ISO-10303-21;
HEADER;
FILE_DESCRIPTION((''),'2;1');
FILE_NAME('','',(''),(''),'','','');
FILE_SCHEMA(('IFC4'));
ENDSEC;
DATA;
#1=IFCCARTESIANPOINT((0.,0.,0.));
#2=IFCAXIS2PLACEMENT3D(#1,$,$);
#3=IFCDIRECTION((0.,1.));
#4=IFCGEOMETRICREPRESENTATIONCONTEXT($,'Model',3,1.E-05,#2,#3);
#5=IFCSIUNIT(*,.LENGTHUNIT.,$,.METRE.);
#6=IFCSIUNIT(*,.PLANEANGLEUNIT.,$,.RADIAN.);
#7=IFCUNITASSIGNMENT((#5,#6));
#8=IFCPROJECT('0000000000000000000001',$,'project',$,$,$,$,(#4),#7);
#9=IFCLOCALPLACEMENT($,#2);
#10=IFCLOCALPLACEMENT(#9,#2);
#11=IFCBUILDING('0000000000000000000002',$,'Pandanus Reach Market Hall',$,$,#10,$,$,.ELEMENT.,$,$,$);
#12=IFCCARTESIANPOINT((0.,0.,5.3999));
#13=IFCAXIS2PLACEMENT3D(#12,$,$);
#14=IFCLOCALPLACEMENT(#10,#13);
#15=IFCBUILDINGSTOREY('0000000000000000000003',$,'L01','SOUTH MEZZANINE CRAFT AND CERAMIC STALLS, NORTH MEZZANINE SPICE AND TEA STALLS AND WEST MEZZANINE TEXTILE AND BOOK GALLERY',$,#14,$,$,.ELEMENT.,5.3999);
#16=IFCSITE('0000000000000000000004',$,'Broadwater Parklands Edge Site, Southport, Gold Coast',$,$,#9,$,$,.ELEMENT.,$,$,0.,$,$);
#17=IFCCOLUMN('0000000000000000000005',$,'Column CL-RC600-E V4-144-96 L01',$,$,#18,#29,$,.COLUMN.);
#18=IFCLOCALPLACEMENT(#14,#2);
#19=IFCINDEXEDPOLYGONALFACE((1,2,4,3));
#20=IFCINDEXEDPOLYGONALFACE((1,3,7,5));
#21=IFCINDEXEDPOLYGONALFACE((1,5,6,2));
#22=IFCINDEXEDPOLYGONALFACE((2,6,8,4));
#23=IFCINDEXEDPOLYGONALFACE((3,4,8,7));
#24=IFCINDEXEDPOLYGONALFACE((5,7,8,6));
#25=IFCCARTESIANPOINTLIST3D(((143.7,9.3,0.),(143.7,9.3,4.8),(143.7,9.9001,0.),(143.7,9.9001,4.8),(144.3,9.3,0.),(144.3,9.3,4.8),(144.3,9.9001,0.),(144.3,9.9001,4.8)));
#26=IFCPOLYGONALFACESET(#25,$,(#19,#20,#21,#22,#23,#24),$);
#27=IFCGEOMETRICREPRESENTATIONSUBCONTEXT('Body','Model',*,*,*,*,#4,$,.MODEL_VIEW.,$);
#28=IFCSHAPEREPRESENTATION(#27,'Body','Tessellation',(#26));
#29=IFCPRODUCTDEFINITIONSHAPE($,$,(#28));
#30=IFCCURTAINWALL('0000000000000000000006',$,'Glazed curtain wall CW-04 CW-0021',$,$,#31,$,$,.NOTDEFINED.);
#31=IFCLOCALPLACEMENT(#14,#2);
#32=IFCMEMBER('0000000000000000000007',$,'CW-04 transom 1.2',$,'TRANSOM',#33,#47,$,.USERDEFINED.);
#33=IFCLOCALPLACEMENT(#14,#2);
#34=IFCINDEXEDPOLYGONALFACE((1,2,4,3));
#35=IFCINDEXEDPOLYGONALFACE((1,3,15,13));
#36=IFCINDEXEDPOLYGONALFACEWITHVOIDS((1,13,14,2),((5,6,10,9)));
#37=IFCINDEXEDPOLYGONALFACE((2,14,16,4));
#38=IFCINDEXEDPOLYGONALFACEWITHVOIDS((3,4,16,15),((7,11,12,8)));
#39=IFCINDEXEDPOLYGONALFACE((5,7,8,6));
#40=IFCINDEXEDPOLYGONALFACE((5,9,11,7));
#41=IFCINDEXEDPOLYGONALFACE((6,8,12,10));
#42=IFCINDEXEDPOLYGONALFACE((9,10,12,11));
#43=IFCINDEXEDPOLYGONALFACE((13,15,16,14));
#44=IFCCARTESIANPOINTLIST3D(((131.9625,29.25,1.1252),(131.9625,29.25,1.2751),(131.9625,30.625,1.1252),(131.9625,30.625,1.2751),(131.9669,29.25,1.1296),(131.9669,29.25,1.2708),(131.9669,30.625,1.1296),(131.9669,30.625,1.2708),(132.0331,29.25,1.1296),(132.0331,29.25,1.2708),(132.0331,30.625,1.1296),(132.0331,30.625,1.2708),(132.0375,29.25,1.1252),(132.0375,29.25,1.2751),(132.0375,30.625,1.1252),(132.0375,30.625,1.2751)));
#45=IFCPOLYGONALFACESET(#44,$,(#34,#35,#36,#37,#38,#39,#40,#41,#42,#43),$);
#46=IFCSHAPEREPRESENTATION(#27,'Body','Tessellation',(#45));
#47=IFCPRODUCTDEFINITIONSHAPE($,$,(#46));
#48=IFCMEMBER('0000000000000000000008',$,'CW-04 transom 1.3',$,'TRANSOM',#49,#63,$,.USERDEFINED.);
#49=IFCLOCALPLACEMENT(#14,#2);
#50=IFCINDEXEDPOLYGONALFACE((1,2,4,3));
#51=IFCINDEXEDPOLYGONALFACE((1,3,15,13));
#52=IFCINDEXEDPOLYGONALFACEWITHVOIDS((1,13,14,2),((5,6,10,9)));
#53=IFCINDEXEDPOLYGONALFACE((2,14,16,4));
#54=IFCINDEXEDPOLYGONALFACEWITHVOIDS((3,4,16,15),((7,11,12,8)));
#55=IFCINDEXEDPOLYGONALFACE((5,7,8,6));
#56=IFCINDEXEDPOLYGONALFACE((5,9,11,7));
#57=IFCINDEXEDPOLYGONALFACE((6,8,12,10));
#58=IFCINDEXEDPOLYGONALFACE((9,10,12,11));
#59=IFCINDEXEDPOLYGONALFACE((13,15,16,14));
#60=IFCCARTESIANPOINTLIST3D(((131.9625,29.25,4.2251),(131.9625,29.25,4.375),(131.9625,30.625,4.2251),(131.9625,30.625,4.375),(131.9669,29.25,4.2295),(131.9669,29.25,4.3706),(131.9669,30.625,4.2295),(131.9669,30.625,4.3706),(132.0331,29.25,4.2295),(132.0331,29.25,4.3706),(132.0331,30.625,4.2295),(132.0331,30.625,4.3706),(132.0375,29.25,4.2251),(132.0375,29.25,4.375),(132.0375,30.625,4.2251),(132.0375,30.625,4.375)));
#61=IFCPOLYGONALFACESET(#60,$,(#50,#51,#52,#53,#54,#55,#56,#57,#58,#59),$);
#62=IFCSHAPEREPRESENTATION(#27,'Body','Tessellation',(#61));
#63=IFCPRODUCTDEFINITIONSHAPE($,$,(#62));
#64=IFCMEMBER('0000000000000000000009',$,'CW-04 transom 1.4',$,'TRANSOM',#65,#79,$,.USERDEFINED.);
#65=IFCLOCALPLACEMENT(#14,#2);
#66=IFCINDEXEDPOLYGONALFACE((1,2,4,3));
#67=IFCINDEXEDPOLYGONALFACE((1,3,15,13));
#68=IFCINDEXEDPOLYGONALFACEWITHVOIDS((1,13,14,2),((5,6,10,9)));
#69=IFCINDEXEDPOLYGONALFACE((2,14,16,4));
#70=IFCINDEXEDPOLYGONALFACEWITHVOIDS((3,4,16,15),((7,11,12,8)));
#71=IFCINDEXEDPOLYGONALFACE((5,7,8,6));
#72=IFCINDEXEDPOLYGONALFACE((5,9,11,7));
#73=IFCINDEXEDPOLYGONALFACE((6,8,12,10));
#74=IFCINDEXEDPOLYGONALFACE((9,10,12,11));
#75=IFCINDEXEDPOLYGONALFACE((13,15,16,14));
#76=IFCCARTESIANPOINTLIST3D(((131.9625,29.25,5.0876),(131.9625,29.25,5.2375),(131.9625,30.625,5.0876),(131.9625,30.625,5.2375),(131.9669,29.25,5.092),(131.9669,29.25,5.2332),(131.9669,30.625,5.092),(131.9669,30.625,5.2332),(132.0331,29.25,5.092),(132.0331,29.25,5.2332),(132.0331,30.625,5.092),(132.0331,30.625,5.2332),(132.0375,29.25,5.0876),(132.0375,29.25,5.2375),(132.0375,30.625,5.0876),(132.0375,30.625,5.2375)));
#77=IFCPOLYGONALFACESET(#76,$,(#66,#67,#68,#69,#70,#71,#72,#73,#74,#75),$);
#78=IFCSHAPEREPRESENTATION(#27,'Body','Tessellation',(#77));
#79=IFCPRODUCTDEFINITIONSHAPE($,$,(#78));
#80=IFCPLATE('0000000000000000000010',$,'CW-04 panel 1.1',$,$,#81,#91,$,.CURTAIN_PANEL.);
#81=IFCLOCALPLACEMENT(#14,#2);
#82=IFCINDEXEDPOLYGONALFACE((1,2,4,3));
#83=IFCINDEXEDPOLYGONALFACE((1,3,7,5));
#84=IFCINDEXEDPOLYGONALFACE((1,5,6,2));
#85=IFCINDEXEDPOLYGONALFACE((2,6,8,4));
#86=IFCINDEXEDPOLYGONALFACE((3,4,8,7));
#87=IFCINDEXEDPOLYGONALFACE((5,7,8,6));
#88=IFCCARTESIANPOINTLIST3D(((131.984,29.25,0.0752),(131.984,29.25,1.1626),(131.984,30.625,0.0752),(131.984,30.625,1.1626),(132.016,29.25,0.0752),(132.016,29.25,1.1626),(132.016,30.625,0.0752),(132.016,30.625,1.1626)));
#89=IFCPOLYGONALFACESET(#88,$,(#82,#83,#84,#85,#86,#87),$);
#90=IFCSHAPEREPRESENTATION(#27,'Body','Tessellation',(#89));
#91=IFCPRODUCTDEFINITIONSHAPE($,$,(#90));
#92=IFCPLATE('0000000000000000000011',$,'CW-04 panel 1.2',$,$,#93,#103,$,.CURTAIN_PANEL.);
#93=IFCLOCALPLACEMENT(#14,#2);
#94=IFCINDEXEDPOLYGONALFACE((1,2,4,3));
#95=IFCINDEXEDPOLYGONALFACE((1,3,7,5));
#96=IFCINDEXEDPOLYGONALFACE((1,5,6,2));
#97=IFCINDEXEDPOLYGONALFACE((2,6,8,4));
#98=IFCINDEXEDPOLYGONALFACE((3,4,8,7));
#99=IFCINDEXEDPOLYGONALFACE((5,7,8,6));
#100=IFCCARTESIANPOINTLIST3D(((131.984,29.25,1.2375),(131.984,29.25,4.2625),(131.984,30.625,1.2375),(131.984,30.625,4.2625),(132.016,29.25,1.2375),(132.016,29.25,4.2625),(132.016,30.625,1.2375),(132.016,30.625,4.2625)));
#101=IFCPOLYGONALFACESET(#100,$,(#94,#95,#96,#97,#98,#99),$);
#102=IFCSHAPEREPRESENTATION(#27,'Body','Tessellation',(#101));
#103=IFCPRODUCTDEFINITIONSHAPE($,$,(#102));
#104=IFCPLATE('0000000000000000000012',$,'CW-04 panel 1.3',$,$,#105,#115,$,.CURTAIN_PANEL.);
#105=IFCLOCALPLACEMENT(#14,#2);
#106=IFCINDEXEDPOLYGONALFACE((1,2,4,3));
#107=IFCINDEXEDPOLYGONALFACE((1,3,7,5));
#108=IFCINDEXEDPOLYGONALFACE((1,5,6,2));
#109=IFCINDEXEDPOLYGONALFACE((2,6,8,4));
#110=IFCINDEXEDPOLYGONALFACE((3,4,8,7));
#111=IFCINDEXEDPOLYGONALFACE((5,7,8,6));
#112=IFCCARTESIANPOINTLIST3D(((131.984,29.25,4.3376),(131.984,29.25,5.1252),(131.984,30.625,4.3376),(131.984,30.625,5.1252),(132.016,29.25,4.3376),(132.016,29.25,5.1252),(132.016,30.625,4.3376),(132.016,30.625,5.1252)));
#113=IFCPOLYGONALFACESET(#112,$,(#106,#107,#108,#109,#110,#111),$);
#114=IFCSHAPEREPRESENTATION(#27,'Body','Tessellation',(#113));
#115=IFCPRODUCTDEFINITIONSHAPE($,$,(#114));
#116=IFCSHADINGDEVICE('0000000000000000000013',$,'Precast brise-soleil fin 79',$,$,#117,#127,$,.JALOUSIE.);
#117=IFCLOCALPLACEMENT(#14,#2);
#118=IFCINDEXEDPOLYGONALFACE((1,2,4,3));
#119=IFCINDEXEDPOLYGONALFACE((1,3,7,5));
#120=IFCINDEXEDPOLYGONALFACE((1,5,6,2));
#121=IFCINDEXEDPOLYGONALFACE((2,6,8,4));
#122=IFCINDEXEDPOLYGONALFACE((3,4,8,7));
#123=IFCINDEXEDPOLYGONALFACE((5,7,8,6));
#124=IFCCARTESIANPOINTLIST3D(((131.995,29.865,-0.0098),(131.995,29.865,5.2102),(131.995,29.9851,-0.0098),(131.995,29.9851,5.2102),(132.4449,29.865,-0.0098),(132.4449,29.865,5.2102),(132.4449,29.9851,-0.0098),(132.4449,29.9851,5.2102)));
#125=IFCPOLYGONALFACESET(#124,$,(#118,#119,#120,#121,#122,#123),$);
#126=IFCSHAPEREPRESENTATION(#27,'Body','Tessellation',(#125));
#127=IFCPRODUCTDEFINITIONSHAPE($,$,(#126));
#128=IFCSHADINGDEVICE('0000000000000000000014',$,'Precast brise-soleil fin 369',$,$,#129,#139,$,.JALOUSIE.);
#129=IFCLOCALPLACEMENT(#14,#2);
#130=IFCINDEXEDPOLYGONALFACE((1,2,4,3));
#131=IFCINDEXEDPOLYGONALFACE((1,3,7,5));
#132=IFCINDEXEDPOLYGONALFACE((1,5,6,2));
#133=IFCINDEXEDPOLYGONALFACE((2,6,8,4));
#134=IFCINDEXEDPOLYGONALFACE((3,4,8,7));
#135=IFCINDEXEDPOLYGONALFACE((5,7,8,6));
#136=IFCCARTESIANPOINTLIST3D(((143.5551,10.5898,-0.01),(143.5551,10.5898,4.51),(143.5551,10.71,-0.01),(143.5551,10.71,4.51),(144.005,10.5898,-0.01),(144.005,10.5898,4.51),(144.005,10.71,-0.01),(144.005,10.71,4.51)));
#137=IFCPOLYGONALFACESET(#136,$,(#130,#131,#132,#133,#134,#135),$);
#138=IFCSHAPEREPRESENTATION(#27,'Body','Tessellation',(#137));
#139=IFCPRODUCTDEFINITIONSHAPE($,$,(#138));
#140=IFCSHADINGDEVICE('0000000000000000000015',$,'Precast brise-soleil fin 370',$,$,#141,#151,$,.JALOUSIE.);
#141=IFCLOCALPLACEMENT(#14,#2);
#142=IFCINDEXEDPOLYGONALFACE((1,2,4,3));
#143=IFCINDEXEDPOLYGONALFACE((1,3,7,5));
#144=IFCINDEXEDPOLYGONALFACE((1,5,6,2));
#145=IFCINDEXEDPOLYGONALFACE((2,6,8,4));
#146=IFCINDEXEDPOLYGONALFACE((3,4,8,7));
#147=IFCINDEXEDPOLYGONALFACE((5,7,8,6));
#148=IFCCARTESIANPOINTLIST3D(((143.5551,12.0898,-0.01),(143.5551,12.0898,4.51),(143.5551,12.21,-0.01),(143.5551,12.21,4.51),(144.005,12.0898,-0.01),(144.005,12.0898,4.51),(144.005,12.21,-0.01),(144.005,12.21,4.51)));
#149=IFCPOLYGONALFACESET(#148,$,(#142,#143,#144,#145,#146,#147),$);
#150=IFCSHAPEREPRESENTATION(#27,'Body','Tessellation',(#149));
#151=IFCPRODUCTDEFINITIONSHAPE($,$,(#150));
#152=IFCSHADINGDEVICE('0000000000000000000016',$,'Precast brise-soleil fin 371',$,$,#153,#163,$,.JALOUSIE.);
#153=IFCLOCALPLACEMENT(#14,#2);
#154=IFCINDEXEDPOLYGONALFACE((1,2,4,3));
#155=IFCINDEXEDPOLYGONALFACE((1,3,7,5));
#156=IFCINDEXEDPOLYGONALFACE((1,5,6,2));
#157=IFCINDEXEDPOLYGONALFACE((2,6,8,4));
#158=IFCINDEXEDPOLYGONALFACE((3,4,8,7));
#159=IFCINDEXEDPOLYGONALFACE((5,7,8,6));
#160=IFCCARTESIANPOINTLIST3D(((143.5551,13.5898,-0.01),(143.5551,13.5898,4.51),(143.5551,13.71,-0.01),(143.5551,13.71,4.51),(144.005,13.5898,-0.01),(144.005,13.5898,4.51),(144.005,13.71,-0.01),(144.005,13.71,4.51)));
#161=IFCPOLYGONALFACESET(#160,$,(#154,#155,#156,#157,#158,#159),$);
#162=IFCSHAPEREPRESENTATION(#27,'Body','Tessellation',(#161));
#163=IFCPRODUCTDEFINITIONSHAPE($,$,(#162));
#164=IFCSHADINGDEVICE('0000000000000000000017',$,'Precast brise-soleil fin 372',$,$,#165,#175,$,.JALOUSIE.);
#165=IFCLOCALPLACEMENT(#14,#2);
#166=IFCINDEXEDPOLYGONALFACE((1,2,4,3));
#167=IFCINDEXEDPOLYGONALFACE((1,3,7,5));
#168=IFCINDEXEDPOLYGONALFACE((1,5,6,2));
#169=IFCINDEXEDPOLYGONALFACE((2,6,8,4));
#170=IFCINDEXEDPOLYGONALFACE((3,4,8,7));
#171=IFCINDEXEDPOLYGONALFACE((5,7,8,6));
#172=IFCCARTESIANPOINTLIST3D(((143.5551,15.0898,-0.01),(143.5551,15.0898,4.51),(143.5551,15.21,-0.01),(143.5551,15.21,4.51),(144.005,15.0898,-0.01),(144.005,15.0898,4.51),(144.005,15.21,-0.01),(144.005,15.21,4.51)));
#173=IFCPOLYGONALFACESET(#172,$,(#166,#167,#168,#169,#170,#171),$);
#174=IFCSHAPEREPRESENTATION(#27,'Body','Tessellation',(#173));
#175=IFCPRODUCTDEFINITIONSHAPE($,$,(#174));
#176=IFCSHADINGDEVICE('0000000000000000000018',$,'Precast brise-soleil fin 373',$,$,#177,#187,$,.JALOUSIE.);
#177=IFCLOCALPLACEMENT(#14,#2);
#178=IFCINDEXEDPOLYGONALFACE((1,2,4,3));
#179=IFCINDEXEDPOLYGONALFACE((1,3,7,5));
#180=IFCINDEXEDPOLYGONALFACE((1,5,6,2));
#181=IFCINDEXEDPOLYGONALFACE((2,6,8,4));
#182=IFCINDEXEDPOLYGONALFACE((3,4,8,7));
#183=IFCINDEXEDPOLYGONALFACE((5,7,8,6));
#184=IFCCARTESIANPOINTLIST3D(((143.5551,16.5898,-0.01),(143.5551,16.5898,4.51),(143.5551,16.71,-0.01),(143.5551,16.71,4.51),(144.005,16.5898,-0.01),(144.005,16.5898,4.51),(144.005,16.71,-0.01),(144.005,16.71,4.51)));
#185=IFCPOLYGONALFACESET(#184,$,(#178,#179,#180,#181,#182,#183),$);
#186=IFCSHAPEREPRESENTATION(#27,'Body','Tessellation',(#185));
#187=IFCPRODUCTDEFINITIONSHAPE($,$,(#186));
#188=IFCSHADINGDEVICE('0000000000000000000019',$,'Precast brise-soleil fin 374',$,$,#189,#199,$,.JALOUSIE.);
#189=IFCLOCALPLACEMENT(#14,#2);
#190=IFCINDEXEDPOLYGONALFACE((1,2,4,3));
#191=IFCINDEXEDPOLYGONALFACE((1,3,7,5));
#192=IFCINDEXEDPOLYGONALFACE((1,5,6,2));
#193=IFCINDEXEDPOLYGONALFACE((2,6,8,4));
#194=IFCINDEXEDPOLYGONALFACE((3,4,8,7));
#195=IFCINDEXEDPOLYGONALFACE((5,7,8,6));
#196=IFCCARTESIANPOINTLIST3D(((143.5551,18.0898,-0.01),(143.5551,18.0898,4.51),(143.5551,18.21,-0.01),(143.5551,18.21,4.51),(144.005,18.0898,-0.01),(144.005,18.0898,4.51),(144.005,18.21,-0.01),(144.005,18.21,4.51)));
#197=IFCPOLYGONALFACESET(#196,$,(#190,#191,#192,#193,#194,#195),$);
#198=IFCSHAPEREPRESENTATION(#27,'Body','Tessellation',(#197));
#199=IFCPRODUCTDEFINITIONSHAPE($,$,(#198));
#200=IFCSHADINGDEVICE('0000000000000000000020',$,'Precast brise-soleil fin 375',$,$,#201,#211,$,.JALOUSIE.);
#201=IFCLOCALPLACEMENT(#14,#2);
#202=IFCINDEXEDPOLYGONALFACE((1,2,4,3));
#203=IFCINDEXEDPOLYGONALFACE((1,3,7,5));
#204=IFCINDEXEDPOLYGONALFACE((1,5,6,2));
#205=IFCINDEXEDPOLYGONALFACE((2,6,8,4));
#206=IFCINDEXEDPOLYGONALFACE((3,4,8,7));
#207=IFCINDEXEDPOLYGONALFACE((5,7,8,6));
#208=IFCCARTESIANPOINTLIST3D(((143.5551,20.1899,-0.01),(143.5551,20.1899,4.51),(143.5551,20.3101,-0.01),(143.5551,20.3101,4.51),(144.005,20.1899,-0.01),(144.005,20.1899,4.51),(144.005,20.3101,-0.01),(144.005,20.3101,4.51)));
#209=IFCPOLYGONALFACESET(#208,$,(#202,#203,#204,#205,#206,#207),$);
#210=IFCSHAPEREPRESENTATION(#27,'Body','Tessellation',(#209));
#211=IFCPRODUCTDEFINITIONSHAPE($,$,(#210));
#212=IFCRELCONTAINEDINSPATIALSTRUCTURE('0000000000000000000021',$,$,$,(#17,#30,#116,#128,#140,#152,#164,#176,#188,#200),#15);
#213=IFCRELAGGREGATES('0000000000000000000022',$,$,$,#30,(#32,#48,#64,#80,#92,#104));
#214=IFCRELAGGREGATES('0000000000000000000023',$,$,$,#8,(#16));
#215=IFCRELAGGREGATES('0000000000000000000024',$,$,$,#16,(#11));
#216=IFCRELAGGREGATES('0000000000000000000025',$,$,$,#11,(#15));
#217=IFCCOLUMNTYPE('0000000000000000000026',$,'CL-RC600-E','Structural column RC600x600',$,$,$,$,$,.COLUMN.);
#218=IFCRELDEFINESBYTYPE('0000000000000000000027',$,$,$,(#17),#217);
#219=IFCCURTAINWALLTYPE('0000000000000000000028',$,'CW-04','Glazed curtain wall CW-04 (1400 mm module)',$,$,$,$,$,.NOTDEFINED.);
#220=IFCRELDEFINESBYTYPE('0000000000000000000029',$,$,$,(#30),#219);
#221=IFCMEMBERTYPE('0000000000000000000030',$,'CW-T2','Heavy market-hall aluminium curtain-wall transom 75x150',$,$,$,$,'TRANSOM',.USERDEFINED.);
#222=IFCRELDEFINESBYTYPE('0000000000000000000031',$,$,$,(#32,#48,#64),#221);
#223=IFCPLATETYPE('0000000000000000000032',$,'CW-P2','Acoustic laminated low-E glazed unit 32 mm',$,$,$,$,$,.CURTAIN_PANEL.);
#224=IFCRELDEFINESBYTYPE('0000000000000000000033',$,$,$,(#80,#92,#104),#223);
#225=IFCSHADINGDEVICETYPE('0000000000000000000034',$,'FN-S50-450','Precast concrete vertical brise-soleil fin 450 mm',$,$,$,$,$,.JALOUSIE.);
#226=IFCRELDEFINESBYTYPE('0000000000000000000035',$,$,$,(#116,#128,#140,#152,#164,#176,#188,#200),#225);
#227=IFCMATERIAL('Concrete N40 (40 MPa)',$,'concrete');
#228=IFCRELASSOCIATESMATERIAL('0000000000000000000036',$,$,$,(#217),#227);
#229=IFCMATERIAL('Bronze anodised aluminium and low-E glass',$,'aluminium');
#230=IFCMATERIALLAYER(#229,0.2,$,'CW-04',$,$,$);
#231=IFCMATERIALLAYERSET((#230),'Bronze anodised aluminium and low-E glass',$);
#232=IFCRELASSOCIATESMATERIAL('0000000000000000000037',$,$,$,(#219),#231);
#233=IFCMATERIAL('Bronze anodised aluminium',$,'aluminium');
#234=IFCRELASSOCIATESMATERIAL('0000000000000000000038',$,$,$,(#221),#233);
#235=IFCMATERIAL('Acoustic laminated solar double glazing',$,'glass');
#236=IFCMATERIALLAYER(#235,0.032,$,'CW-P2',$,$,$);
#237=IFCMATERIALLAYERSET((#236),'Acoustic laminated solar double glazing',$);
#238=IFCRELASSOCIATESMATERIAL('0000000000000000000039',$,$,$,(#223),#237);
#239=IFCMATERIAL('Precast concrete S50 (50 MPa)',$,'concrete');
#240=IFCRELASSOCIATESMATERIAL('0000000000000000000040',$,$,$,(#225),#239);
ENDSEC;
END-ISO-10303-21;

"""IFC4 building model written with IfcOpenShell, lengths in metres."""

from ifc_helpers import new_model, si_unit, direction, frame, origin, origin_2d, place, context, subcontext, project, spatial, rectangle, hollow_rectangle, extrude, material, layer, layer_set, material_profile, profile_set, type_object, element, aggregate, save


model = new_model("IFC4")

# Units and contexts
model_context = context("Model", 3, precision=1e-05, world=origin(), true_north=direction((0.0, 1.0)))
body_context = subcontext(model_context, "Body", "Model", "MODEL_VIEW")
ifc_project = project(units=[si_unit("LENGTHUNIT", "METRE"), si_unit("PLANEANGLEUNIT", "RADIAN")], contexts=[model_context])

# Site, building, storey
site_placement = place(None, origin())
site = spatial("IfcSite", under=ifc_project, at=site_placement, Name="Broadwater Parklands Edge Site, Southport, Gold Coast", CompositionType="ELEMENT", RefElevation=0.0)
building_placement = place(site_placement, origin())
building = spatial("IfcBuilding", under=site, at=building_placement, Name="Pandanus Reach Market Hall", CompositionType="ELEMENT")
storey_placement = place(building_placement, frame((0.0, 0.0, 5.3999)))
storey = spatial("IfcBuildingStorey", under=building, at=storey_placement, Name="L01", Description="SOUTH MEZZANINE CRAFT AND CERAMIC STALLS, NORTH MEZZANINE SPICE AND TEA STALLS AND WEST MEZZANINE TEXTILE AND BOOK GALLERY", CompositionType="ELEMENT", Elevation=5.3999)

# Column
ifc_material_1 = material(Name="Concrete N40 (40 MPa)", Category="concrete")
ifc_material_profile_1 = material_profile(ifc_material_1, rectangle(XDim=0.6001, YDim=0.6001, at=origin_2d()), Name="RC600x600", Category="LoadBearing")
ifc_profile_set_1 = profile_set([ifc_material_profile_1], Name="Concrete N40 (40 MPa)")
column_type = type_object("IfcColumnType", Name="CL-RC600-E", Description="Structural column RC600x600", PredefinedType="COLUMN", material=ifc_profile_set_1)
column_placement = place(storey_placement, frame((144.0, 9.6001, 0.0), z_axis=(0.0, 0.0, 1.0), x_axis=(1.0, 0.0, 0.0)))
element("IfcColumn", 1, at=column_placement, inside=storey, type_object=column_type, Name="Column CL-RC600-E V4-144-96 L01", PredefinedType="COLUMN", context=body_context, shape_type="SweptSolid", body=[
    extrude(rectangle(XDim=0.6001, YDim=0.6001, at=origin_2d()), origin(), (0.0, 0.0, 1.0), 4.8),
])

# Curtain wall, members, plates
ifc_material_2 = material(Name="Bronze anodised aluminium and low-E glass", Category="aluminium")
ifc_layer_1 = layer(ifc_material_2, 0.2, Name="CW-04")
ifc_layer_set_1 = layer_set([ifc_layer_1], Name="Bronze anodised aluminium and low-E glass")
curtain_wall_type = type_object("IfcCurtainWallType", Name="CW-04", Description="Glazed curtain wall CW-04 (1400 mm module)", PredefinedType="NOTDEFINED", material=ifc_layer_set_1)
curtain_wall_placement = place(storey_placement, origin())
curtain_wall = element("IfcCurtainWall", 2, at=curtain_wall_placement, inside=storey, type_object=curtain_wall_type, Name="Glazed curtain wall CW-04 CW-0021", PredefinedType="NOTDEFINED")
ifc_material_3 = material(Name="Bronze anodised aluminium", Category="aluminium")
ifc_material_profile_2 = material_profile(ifc_material_3, hollow_rectangle(XDim=0.075, YDim=0.1499, WallThickness=0.0044, at=origin_2d()), Name="ALU75x150", Category="LoadBearing")
ifc_profile_set_2 = profile_set([ifc_material_profile_2], Name="Bronze anodised aluminium")
member_type = type_object("IfcMemberType", Name="CW-T2", Description="Heavy market-hall aluminium curtain-wall transom 75x150", ElementType="TRANSOM", PredefinedType="USERDEFINED", material=ifc_profile_set_2)
member_1_placement = place(storey_placement, frame((132.0, 29.25, 1.2002), z_axis=(0.0, 1.0, 0.0), x_axis=(-1.0, 0.0, 0.0)))
member_1 = element("IfcMember", 3, at=member_1_placement, type_object=member_type, Name="CW-04 transom 1.2", ObjectType="TRANSOM", PredefinedType="USERDEFINED", context=body_context, shape_type="SweptSolid", body=[
    extrude(hollow_rectangle(XDim=0.075, YDim=0.1499, WallThickness=0.0044, at=origin_2d()), origin(), (0.0, 0.0, 1.0), 1.375),
])
member_2_placement = place(storey_placement, frame((132.0, 29.25, 4.3), z_axis=(0.0, 1.0, 0.0), x_axis=(-1.0, 0.0, 0.0)))
member_2 = element("IfcMember", 4, at=member_2_placement, type_object=member_type, Name="CW-04 transom 1.3", ObjectType="TRANSOM", PredefinedType="USERDEFINED", context=body_context, shape_type="SweptSolid", body=[
    extrude(hollow_rectangle(XDim=0.075, YDim=0.1499, WallThickness=0.0044, at=origin_2d()), origin(), (0.0, 0.0, 1.0), 1.375),
])
member_3_placement = place(storey_placement, frame((132.0, 29.25, 5.1626), z_axis=(0.0, 1.0, 0.0), x_axis=(-1.0, 0.0, 0.0)))
member_3 = element("IfcMember", 5, at=member_3_placement, type_object=member_type, Name="CW-04 transom 1.4", ObjectType="TRANSOM", PredefinedType="USERDEFINED", context=body_context, shape_type="SweptSolid", body=[
    extrude(hollow_rectangle(XDim=0.075, YDim=0.1499, WallThickness=0.0044, at=origin_2d()), origin(), (0.0, 0.0, 1.0), 1.375),
])
ifc_material_4 = material(Name="Acoustic laminated solar double glazing", Category="glass")
ifc_layer_2 = layer(ifc_material_4, 0.032, Name="CW-P2")
ifc_layer_set_2 = layer_set([ifc_layer_2], Name="Acoustic laminated solar double glazing")
plate_type = type_object("IfcPlateType", Name="CW-P2", Description="Acoustic laminated low-E glazed unit 32 mm", PredefinedType="CURTAIN_PANEL", material=ifc_layer_set_2)
plate_1_placement = place(storey_placement, frame((132.0, 29.9375, 0.0752), z_axis=(0.0, 0.0, 1.0), x_axis=(0.0, 1.0, 0.0)))
plate_1 = element("IfcPlate", 6, at=plate_1_placement, type_object=plate_type, Name="CW-04 panel 1.1", PredefinedType="CURTAIN_PANEL", context=body_context, shape_type="SweptSolid", body=[
    extrude(rectangle(XDim=1.375, YDim=0.032, at=origin_2d()), origin(), (0.0, 0.0, 1.0), 1.0874),
])
plate_2_placement = place(storey_placement, frame((132.0, 29.9375, 1.2375), z_axis=(0.0, 0.0, 1.0), x_axis=(0.0, 1.0, 0.0)))
plate_2 = element("IfcPlate", 7, at=plate_2_placement, type_object=plate_type, Name="CW-04 panel 1.2", PredefinedType="CURTAIN_PANEL", context=body_context, shape_type="SweptSolid", body=[
    extrude(rectangle(XDim=1.375, YDim=0.032, at=origin_2d()), origin(), (0.0, 0.0, 1.0), 3.0249),
])
plate_3_placement = place(storey_placement, frame((132.0, 29.9375, 4.3376), z_axis=(0.0, 0.0, 1.0), x_axis=(0.0, 1.0, 0.0)))
plate_3 = element("IfcPlate", 8, at=plate_3_placement, type_object=plate_type, Name="CW-04 panel 1.3", PredefinedType="CURTAIN_PANEL", context=body_context, shape_type="SweptSolid", body=[
    extrude(rectangle(XDim=1.375, YDim=0.032, at=origin_2d()), origin(), (0.0, 0.0, 1.0), 0.7876),
])
aggregate(curtain_wall, [member_1, member_2, member_3, plate_1, plate_2, plate_3])

# Shading devices
ifc_material_5 = material(Name="Precast concrete S50 (50 MPa)", Category="concrete")
shading_device_type = type_object("IfcShadingDeviceType", Name="FN-S50-450", Description="Precast concrete vertical brise-soleil fin 450 mm", PredefinedType="JALOUSIE", material=ifc_material_5)
shading_device_placement = place(storey_placement, frame((132.22, 29.925, -0.0098), z_axis=(0.0, 0.0, 1.0), x_axis=(1.0, 0.0, 0.0)))
element("IfcShadingDevice", 9, at=shading_device_placement, inside=storey, type_object=shading_device_type, Name="Precast brise-soleil fin 79", PredefinedType="JALOUSIE", context=body_context, shape_type="SweptSolid", body=[
    extrude(rectangle(XDim=0.45, YDim=0.1201, at=origin_2d()), origin(), (0.0, 0.0, 1.0), 5.22),
])
for number, where, z_axis, x_axis, name in (
    (10, (143.78, 10.6499, -0.01), (0.0, 0.0, 1.0), (-1.0, 0.0, 0.0), "Precast brise-soleil fin 369"),
    (11, (143.78, 12.1499, -0.01), (0.0, 0.0, 1.0), (-1.0, 0.0, 0.0), "Precast brise-soleil fin 370"),
    (12, (143.78, 13.6499, -0.01), (0.0, 0.0, 1.0), (-1.0, 0.0, 0.0), "Precast brise-soleil fin 371"),
    (13, (143.78, 15.1499, -0.01), (0.0, 0.0, 1.0), (-1.0, 0.0, 0.0), "Precast brise-soleil fin 372"),
    (14, (143.78, 16.6499, -0.01), (0.0, 0.0, 1.0), (-1.0, 0.0, 0.0), "Precast brise-soleil fin 373"),
    (15, (143.78, 18.1499, -0.01), (0.0, 0.0, 1.0), (-1.0, 0.0, 0.0), "Precast brise-soleil fin 374"),
    (16, (143.78, 20.25, -0.01), (0.0, 0.0, 1.0), (-1.0, 0.0, 0.0), "Precast brise-soleil fin 375"),
):
    element("IfcShadingDevice", number, at=place(storey_placement, frame(where, z_axis=z_axis, x_axis=x_axis)), inside=storey, type_object=shading_device_type, Name=name, PredefinedType="JALOUSIE", context=body_context, shape_type="SweptSolid", body=[
        extrude(rectangle(XDim=0.45, YDim=0.1201, at=origin_2d()), origin(), (0.0, 0.0, 1.0), 4.52),
    ])

save(model, "model.ifc")
